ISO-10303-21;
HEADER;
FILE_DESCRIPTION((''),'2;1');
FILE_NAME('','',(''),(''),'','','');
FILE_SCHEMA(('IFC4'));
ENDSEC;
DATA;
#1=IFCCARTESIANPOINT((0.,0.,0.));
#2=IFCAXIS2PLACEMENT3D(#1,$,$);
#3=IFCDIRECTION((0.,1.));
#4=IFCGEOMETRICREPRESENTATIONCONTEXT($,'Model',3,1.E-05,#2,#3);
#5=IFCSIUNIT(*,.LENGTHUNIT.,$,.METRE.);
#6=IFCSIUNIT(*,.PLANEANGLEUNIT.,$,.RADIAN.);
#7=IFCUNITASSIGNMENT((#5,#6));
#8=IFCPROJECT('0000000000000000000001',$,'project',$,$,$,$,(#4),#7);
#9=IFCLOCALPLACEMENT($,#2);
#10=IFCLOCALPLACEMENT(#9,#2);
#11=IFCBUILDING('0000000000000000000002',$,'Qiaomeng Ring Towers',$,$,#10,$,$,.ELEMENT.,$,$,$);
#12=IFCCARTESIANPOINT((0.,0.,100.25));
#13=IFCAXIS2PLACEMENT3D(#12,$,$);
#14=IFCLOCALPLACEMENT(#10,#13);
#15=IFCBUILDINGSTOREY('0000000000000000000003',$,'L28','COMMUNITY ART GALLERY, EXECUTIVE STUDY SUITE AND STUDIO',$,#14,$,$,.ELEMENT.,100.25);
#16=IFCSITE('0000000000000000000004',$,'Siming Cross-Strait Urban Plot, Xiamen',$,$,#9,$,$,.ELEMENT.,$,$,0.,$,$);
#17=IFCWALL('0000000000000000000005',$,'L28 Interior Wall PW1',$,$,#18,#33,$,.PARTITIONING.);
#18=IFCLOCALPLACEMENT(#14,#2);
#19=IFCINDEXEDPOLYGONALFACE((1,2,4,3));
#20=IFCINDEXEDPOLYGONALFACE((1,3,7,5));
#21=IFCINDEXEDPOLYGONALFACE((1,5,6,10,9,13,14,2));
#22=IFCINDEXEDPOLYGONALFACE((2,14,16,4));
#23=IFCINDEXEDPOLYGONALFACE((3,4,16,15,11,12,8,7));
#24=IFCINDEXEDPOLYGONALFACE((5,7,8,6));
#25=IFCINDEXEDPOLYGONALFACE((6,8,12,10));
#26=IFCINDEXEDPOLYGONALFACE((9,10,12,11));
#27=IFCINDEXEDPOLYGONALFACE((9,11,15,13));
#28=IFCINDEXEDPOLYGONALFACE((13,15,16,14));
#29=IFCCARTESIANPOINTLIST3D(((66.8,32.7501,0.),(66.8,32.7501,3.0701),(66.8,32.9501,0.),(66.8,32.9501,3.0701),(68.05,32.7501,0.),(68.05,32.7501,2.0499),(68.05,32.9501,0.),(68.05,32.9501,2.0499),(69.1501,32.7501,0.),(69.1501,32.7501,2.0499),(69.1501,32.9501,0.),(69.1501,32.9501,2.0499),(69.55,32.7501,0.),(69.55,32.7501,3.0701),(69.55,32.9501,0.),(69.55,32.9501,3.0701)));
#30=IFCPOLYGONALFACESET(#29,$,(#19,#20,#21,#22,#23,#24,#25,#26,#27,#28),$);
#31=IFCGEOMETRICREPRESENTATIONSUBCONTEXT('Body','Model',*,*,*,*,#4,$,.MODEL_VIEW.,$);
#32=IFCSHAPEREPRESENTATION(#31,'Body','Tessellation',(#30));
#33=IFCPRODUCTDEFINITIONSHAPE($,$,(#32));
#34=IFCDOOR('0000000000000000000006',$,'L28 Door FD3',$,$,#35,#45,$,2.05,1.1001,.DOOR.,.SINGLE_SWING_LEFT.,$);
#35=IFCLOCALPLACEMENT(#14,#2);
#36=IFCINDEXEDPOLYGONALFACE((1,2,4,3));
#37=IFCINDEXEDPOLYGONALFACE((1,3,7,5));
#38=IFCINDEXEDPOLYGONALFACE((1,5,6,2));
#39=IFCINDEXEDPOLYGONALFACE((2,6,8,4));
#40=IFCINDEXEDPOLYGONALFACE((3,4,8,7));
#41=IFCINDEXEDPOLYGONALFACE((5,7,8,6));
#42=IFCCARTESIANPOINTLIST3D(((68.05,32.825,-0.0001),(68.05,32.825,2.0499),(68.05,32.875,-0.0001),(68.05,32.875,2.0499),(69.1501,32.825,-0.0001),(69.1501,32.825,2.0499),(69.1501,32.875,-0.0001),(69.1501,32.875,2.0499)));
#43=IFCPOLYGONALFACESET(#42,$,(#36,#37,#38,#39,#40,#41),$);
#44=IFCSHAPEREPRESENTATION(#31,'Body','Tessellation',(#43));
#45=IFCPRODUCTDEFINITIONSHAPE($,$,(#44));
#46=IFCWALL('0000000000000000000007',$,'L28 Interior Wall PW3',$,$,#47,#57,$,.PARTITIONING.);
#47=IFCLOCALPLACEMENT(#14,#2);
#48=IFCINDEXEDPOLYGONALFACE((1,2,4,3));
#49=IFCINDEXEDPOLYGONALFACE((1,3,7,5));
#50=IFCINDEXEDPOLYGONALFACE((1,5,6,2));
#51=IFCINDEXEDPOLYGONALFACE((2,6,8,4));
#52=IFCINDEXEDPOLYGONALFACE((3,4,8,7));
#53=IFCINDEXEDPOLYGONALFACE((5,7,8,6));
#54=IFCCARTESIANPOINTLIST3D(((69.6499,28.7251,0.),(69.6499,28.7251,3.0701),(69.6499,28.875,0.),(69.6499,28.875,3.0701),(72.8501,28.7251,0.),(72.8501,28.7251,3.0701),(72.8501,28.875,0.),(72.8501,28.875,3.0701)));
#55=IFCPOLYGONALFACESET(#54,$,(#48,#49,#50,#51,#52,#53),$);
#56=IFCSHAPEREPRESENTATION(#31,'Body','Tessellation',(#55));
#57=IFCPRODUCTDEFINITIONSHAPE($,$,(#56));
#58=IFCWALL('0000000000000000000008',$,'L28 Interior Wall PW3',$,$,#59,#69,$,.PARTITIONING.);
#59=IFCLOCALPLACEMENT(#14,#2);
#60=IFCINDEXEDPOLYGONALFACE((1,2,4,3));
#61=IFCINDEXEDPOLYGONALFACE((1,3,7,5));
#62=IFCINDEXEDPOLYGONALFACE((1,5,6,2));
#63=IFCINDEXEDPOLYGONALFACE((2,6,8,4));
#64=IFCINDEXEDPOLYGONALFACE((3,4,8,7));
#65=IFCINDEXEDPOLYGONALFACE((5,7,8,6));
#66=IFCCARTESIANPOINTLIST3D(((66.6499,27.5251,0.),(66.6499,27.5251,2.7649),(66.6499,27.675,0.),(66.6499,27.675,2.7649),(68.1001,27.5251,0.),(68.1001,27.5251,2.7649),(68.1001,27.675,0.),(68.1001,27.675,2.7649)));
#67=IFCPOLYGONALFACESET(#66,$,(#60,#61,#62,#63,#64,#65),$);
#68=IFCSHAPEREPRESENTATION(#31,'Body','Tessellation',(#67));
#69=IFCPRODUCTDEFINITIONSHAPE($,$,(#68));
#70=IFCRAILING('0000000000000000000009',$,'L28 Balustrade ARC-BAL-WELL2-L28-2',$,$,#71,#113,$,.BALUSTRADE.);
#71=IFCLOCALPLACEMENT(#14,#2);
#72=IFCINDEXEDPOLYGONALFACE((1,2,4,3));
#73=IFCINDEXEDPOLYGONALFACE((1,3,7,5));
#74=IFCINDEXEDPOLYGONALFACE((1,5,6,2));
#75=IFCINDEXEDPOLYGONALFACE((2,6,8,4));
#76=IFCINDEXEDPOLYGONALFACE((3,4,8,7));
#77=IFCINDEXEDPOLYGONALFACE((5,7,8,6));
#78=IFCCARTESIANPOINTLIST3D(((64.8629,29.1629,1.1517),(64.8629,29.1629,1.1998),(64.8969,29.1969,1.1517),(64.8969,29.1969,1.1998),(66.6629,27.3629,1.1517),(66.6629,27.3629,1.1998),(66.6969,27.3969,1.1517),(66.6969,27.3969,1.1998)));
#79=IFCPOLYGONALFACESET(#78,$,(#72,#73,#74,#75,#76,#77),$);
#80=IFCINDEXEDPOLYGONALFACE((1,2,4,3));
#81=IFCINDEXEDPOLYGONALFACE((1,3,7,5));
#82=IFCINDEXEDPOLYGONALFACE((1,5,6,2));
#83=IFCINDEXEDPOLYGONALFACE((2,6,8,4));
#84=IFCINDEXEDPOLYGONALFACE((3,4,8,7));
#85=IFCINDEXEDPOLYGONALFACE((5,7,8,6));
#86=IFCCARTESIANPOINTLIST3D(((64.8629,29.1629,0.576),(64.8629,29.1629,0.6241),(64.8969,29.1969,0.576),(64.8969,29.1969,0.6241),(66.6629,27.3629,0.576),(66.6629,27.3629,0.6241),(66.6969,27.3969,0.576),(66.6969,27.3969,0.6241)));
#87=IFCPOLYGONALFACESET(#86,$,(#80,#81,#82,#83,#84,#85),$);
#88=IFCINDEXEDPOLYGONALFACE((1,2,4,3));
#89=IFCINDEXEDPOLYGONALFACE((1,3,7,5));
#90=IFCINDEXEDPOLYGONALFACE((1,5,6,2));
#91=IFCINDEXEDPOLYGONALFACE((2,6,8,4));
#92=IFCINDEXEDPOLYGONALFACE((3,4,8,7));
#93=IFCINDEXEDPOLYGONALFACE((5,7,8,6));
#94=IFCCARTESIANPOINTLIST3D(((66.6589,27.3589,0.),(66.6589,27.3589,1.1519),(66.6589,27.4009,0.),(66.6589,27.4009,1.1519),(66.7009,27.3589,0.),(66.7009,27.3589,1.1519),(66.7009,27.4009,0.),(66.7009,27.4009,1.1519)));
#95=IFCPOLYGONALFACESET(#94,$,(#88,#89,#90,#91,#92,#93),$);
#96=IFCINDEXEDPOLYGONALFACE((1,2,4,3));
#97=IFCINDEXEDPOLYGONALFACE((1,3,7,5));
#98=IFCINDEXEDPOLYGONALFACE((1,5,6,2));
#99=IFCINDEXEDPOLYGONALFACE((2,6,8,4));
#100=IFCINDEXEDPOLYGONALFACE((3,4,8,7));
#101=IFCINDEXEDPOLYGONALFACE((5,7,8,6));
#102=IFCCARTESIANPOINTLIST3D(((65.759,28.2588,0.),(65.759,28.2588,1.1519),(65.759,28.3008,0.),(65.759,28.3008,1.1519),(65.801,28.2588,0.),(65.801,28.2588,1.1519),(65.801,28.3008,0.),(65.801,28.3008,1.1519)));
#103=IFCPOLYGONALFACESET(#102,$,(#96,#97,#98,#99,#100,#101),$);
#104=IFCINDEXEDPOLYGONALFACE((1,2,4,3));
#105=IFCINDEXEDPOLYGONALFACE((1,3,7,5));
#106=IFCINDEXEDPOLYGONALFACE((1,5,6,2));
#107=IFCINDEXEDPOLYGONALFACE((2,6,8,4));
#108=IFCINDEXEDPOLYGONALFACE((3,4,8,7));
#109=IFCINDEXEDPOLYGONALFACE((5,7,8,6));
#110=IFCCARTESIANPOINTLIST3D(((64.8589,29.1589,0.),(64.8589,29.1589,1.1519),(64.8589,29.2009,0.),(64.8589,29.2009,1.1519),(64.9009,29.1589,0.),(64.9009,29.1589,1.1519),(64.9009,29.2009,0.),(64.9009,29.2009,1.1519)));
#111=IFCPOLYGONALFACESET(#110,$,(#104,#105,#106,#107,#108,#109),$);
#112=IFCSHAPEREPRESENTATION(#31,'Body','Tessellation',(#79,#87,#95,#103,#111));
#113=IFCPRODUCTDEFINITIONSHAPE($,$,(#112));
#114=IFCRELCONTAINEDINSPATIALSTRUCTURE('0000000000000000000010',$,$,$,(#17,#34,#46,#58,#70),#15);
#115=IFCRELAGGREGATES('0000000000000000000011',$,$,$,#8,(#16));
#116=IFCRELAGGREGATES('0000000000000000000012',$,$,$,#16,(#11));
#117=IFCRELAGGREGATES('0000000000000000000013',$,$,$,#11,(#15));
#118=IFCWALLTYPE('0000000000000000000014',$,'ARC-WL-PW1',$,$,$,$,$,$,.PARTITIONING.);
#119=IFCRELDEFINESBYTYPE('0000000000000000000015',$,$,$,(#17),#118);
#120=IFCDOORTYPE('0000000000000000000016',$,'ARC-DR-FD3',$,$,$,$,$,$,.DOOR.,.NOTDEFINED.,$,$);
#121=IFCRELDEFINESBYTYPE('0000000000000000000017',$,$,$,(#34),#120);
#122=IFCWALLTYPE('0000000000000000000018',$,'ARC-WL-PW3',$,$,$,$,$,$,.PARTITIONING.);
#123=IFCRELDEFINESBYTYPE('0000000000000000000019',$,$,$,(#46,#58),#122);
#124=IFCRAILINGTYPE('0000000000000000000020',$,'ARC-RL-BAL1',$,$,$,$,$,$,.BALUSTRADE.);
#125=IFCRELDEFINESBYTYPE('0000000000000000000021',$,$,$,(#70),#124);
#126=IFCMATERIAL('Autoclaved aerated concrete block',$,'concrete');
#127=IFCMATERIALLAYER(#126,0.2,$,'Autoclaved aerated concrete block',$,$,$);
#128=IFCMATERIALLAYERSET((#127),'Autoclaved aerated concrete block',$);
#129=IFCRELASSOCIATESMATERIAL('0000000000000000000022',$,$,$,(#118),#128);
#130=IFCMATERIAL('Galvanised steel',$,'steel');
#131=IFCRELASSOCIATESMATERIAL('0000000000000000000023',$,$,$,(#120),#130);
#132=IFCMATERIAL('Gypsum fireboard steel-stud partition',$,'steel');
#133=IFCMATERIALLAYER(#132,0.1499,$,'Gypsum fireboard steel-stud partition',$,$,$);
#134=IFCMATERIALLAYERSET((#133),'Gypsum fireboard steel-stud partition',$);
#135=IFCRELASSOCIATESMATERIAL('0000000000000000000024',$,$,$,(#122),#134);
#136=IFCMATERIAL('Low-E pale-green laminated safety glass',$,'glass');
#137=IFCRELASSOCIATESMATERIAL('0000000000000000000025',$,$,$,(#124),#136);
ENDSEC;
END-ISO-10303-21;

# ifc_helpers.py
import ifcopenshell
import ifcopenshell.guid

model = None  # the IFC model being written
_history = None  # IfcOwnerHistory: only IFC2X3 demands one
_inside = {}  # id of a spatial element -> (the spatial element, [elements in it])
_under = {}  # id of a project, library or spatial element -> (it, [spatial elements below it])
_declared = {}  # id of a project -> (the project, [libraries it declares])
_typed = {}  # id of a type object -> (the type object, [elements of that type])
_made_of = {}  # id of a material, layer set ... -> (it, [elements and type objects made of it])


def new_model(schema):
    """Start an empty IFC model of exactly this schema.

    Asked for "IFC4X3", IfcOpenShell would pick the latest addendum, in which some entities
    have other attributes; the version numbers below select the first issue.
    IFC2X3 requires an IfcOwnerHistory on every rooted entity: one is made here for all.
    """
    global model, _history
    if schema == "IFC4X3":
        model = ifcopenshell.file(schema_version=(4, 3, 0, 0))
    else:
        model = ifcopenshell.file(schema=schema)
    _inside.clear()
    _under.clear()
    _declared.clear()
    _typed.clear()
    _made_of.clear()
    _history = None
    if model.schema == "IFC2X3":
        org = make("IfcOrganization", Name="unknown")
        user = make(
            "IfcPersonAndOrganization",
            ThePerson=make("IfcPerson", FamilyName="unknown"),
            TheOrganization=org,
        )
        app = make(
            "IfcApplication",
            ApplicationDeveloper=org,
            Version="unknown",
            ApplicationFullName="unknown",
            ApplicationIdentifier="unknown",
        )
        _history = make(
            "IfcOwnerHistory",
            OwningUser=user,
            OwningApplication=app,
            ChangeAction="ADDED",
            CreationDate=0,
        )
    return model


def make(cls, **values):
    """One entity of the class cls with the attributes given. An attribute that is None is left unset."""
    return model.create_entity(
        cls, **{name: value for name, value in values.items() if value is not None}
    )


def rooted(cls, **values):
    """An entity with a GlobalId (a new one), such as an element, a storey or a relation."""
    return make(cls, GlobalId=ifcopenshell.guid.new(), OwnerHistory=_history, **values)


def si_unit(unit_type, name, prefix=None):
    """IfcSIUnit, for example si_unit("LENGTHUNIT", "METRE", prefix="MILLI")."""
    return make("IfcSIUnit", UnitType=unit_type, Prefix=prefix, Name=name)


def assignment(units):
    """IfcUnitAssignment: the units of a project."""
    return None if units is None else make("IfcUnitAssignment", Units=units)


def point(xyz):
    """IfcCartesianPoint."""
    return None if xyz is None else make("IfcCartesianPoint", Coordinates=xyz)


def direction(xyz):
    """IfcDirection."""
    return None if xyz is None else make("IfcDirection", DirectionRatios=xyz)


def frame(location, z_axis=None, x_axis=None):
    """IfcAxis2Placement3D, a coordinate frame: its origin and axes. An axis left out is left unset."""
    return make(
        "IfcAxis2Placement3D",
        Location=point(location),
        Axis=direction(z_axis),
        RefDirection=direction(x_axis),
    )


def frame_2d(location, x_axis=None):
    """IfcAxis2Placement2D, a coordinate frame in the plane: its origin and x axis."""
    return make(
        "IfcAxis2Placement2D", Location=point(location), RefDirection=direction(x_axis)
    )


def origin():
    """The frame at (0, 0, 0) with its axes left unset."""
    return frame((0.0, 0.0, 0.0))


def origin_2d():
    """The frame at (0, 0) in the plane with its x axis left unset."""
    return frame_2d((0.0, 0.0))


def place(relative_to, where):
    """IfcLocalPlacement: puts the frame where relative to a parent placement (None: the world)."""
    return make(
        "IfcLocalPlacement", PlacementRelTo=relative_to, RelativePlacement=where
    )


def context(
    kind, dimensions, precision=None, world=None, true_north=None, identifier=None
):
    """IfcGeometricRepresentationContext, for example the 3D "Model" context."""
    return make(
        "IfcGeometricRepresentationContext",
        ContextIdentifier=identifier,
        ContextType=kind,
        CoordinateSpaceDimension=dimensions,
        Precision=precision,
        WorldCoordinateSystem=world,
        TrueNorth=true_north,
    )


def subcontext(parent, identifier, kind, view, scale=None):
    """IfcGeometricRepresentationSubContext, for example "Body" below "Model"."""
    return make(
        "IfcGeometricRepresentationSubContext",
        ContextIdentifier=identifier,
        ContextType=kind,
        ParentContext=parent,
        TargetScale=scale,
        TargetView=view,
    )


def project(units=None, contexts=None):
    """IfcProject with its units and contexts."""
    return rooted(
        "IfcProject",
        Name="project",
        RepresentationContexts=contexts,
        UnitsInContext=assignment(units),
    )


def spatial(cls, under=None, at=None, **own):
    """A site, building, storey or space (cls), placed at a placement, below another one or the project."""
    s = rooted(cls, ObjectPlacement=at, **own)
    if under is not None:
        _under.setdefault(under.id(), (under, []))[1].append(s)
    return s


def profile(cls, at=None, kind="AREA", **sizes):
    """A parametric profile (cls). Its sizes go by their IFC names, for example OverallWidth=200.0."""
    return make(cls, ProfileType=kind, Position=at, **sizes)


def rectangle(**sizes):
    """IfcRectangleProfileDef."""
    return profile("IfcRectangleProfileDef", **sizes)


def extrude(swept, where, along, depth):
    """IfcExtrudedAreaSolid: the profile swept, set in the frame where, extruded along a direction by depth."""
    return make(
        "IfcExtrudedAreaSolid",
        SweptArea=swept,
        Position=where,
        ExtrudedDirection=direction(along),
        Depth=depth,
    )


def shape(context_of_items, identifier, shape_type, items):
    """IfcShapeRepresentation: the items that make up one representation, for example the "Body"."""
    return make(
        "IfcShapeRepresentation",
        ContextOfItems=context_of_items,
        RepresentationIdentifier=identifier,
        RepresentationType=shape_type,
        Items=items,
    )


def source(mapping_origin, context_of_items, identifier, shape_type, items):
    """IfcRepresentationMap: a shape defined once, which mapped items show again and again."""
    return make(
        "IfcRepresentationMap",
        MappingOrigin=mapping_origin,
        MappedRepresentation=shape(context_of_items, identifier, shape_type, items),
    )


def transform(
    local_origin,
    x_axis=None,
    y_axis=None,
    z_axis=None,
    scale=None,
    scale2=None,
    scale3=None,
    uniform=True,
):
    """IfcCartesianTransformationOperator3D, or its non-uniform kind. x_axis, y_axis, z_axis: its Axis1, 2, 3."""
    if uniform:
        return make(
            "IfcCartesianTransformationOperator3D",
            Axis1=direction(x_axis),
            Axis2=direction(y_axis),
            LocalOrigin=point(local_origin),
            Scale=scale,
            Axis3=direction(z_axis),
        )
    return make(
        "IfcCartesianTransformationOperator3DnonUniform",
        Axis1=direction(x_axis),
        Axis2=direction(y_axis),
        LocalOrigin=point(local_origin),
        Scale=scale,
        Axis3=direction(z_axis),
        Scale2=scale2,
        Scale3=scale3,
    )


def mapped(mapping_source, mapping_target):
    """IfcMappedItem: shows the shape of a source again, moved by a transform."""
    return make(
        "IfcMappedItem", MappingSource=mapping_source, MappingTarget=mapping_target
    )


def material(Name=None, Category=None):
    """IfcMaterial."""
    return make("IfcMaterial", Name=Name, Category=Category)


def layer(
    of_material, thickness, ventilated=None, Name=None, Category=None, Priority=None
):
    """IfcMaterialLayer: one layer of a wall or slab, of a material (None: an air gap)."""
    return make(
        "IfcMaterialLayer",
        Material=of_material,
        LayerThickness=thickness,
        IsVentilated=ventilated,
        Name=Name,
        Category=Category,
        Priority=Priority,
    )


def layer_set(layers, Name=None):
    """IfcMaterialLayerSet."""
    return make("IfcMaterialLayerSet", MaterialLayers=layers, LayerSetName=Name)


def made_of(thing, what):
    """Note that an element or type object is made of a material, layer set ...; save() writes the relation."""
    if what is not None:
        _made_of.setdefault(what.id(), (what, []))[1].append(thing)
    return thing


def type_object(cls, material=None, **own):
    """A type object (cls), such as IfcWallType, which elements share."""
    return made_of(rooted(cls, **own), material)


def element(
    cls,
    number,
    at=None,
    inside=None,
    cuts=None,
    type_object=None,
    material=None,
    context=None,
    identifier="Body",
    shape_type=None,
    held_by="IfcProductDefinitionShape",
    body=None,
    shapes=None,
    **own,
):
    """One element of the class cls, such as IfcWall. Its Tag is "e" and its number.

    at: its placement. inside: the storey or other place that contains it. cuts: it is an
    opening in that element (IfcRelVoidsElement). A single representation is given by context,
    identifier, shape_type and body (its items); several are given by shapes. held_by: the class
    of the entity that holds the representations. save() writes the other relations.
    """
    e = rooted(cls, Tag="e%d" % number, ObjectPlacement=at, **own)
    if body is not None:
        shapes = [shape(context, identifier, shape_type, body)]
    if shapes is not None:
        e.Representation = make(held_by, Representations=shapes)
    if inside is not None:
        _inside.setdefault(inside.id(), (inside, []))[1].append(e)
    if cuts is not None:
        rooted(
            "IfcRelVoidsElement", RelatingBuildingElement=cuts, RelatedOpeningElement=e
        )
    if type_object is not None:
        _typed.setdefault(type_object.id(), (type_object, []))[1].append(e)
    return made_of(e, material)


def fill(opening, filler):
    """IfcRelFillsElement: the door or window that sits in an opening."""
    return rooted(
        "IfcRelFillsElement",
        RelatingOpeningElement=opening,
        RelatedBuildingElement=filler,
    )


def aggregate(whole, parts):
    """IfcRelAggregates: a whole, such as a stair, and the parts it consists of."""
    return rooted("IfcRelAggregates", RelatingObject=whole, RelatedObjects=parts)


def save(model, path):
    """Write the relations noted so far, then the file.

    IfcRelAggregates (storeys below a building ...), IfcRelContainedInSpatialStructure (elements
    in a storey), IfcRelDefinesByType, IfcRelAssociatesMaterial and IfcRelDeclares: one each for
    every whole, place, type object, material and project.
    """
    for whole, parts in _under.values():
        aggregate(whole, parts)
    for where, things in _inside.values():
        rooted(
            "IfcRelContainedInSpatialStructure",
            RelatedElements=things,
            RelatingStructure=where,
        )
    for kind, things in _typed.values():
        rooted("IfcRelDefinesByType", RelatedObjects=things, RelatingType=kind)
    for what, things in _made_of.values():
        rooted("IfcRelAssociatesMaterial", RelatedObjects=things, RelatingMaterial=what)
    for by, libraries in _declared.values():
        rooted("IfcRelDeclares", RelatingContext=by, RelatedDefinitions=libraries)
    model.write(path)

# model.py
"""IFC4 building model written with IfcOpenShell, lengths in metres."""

from ifc_helpers import new_model, si_unit, direction, frame, frame_2d, origin, origin_2d, place, context, subcontext, project, spatial, rectangle, extrude, source, transform, mapped, material, layer, layer_set, type_object, element, fill, save


model = new_model("IFC4")

# Units and contexts
model_context = context("Model", 3, precision=1e-05, world=origin(), true_north=direction((0.0, 1.0)))
body_context = subcontext(model_context, "Body", "Model", "MODEL_VIEW")
ifc_project = project(units=[si_unit("LENGTHUNIT", "METRE"), si_unit("PLANEANGLEUNIT", "RADIAN")], contexts=[model_context])

# Site, building, storey
site_placement = place(None, origin())
site = spatial("IfcSite", under=ifc_project, at=site_placement, Name="Siming Cross-Strait Urban Plot, Xiamen", CompositionType="ELEMENT", RefElevation=0.0)
building_placement = place(site_placement, origin())
building = spatial("IfcBuilding", under=site, at=building_placement, Name="Qiaomeng Ring Towers", CompositionType="ELEMENT")
storey_placement = place(building_placement, frame((0.0, 0.0, 100.25)))
storey = spatial("IfcBuildingStorey", under=building, at=storey_placement, Name="L28", Description="COMMUNITY ART GALLERY, EXECUTIVE STUDY SUITE AND STUDIO", CompositionType="ELEMENT", Elevation=100.25)

# Shared definitions
ifc_material_1 = material(Name="Autoclaved aerated concrete block", Category="concrete")
ifc_layer_1 = layer(ifc_material_1, 0.2, Name="Autoclaved aerated concrete block")
ifc_layer_set_1 = layer_set([ifc_layer_1], Name="Autoclaved aerated concrete block")
wall_type_1 = type_object("IfcWallType", Name="ARC-WL-PW1", PredefinedType="PARTITIONING", material=ifc_layer_set_1)

# Wall, opening, door
wall_1_placement = place(storey_placement, frame((66.8, 32.8501, 0.0), z_axis=(0.0, 0.0, 1.0), x_axis=(1.0, 0.0, 0.0)))
wall_1 = element("IfcWall", 1, at=wall_1_placement, inside=storey, type_object=wall_type_1, Name="L28 Interior Wall PW1", PredefinedType="PARTITIONING", context=body_context, shape_type="SweptSolid", body=[
    extrude(rectangle(XDim=2.75, YDim=0.2, at=frame_2d((1.375, 0.0))), origin(), (0.0, 0.0, 1.0), 3.0701),
])
opening_placement = place(wall_1_placement, frame((1.25, 0.0, 0.0)))
opening = element("IfcOpeningElement", 2, at=opening_placement, cuts=wall_1, PredefinedType="OPENING", context=body_context, shape_type="SweptSolid", body=[
    extrude(rectangle(XDim=1.1001, YDim=2.05, at=frame_2d((0.55, 1.0249))), frame((0.0, 0.1099, 0.0), z_axis=(0.0, -1.0, 0.0), x_axis=(1.0, 0.0, 0.0)), (0.0, 0.0, 1.0), 0.22),
])
ifc_material_2 = material(Name="Galvanised steel", Category="steel")
door_type = type_object("IfcDoorType", Name="ARC-DR-FD3", OperationType="NOTDEFINED", PredefinedType="DOOR", material=ifc_material_2)
shared_shape_1 = source(origin(), body_context, "Body", "SweptSolid", [
    extrude(rectangle(XDim=1.1001, YDim=2.05, at=frame_2d((0.55, 1.0249))), frame((0.0, 0.0249, 0.0), z_axis=(0.0, -1.0, 0.0), x_axis=(1.0, 0.0, 0.0)), (0.0, 0.0, 1.0), 0.05),
])
door_placement = place(opening_placement, origin())
door = element("IfcDoor", 3, at=door_placement, inside=storey, type_object=door_type, Name="L28 Door FD3", OperationType="SINGLE_SWING_LEFT", OverallHeight=2.05, OverallWidth=1.1001, PredefinedType="DOOR", context=body_context, shape_type="MappedRepresentation", body=[
    mapped(shared_shape_1, transform((0.0, 0.0, 0.0), x_axis=(1.0, 0.0, 0.0), y_axis=(0.0, 1.0, 0.0), z_axis=(0.0, 0.0, 1.0), scale=1.0)),
])
fill(opening, door)

# Walls
ifc_material_3 = material(Name="Gypsum fireboard steel-stud partition", Category="steel")
ifc_layer_2 = layer(ifc_material_3, 0.1499, Name="Gypsum fireboard steel-stud partition")
ifc_layer_set_2 = layer_set([ifc_layer_2], Name="Gypsum fireboard steel-stud partition")
wall_type_2 = type_object("IfcWallType", Name="ARC-WL-PW3", PredefinedType="PARTITIONING", material=ifc_layer_set_2)
wall_2_placement = place(storey_placement, frame((69.6499, 28.8, 0.0), z_axis=(0.0, 0.0, 1.0), x_axis=(1.0, 0.0, 0.0)))
element("IfcWall", 4, at=wall_2_placement, inside=storey, type_object=wall_type_2, Name="L28 Interior Wall PW3", PredefinedType="PARTITIONING", context=body_context, shape_type="SweptSolid", body=[
    extrude(rectangle(XDim=3.2002, YDim=0.1499, at=frame_2d((1.6001, 0.0))), origin(), (0.0, 0.0, 1.0), 3.0701),
])
wall_3_placement = place(storey_placement, frame((66.6499, 27.6001, 0.0), z_axis=(0.0, 0.0, 1.0), x_axis=(1.0, 0.0, 0.0)))
element("IfcWall", 5, at=wall_3_placement, inside=storey, type_object=wall_type_2, Name="L28 Interior Wall PW3", PredefinedType="PARTITIONING", context=body_context, shape_type="SweptSolid", body=[
    extrude(rectangle(XDim=1.4502, YDim=0.1499, at=frame_2d((0.7251, 0.0))), origin(), (0.0, 0.0, 1.0), 2.7649),
])

# Railing
ifc_material_4 = material(Name="Low-E pale-green laminated safety glass", Category="glass")
railing_type = type_object("IfcRailingType", Name="ARC-RL-BAL1", PredefinedType="BALUSTRADE", material=ifc_material_4)
railing_1_placement = place(storey_placement, frame((66.6799, 27.3799, 0.0)))
element("IfcRailing", 6, at=railing_1_placement, inside=storey, type_object=railing_type, Name="L28 Balustrade ARC-BAL-WELL2-L28-2", PredefinedType="BALUSTRADE", context=body_context, shape_type="SweptSolid", body=[
    extrude(rectangle(XDim=0.0481, YDim=0.0481, at=origin_2d()), frame((0.0, 0.0, 1.1758), z_axis=(-0.707107, 0.707107, 0.0), x_axis=(-0.707107, -0.707107, 0.0)), (0.0, 0.0, 1.0), 2.5457),
    extrude(rectangle(XDim=0.0481, YDim=0.0481, at=origin_2d()), frame((0.0, 0.0, 0.6001), z_axis=(-0.707107, 0.707107, 0.0), x_axis=(-0.707107, -0.707107, 0.0)), (0.0, 0.0, 1.0), 2.5457),
    extrude(rectangle(XDim=0.042, YDim=0.042, at=origin_2d()), origin(), (0.0, 0.0, 1.0), 1.1519),
    extrude(rectangle(XDim=0.042, YDim=0.042, at=origin_2d()), frame((-0.8999, 0.8999, 0.0)), (0.0, 0.0, 1.0), 1.1519),
    extrude(rectangle(XDim=0.042, YDim=0.042, at=origin_2d()), frame((-1.8, 1.8, 0.0)), (0.0, 0.0, 1.0), 1.1519),
])

save(model, "model.ifc")
